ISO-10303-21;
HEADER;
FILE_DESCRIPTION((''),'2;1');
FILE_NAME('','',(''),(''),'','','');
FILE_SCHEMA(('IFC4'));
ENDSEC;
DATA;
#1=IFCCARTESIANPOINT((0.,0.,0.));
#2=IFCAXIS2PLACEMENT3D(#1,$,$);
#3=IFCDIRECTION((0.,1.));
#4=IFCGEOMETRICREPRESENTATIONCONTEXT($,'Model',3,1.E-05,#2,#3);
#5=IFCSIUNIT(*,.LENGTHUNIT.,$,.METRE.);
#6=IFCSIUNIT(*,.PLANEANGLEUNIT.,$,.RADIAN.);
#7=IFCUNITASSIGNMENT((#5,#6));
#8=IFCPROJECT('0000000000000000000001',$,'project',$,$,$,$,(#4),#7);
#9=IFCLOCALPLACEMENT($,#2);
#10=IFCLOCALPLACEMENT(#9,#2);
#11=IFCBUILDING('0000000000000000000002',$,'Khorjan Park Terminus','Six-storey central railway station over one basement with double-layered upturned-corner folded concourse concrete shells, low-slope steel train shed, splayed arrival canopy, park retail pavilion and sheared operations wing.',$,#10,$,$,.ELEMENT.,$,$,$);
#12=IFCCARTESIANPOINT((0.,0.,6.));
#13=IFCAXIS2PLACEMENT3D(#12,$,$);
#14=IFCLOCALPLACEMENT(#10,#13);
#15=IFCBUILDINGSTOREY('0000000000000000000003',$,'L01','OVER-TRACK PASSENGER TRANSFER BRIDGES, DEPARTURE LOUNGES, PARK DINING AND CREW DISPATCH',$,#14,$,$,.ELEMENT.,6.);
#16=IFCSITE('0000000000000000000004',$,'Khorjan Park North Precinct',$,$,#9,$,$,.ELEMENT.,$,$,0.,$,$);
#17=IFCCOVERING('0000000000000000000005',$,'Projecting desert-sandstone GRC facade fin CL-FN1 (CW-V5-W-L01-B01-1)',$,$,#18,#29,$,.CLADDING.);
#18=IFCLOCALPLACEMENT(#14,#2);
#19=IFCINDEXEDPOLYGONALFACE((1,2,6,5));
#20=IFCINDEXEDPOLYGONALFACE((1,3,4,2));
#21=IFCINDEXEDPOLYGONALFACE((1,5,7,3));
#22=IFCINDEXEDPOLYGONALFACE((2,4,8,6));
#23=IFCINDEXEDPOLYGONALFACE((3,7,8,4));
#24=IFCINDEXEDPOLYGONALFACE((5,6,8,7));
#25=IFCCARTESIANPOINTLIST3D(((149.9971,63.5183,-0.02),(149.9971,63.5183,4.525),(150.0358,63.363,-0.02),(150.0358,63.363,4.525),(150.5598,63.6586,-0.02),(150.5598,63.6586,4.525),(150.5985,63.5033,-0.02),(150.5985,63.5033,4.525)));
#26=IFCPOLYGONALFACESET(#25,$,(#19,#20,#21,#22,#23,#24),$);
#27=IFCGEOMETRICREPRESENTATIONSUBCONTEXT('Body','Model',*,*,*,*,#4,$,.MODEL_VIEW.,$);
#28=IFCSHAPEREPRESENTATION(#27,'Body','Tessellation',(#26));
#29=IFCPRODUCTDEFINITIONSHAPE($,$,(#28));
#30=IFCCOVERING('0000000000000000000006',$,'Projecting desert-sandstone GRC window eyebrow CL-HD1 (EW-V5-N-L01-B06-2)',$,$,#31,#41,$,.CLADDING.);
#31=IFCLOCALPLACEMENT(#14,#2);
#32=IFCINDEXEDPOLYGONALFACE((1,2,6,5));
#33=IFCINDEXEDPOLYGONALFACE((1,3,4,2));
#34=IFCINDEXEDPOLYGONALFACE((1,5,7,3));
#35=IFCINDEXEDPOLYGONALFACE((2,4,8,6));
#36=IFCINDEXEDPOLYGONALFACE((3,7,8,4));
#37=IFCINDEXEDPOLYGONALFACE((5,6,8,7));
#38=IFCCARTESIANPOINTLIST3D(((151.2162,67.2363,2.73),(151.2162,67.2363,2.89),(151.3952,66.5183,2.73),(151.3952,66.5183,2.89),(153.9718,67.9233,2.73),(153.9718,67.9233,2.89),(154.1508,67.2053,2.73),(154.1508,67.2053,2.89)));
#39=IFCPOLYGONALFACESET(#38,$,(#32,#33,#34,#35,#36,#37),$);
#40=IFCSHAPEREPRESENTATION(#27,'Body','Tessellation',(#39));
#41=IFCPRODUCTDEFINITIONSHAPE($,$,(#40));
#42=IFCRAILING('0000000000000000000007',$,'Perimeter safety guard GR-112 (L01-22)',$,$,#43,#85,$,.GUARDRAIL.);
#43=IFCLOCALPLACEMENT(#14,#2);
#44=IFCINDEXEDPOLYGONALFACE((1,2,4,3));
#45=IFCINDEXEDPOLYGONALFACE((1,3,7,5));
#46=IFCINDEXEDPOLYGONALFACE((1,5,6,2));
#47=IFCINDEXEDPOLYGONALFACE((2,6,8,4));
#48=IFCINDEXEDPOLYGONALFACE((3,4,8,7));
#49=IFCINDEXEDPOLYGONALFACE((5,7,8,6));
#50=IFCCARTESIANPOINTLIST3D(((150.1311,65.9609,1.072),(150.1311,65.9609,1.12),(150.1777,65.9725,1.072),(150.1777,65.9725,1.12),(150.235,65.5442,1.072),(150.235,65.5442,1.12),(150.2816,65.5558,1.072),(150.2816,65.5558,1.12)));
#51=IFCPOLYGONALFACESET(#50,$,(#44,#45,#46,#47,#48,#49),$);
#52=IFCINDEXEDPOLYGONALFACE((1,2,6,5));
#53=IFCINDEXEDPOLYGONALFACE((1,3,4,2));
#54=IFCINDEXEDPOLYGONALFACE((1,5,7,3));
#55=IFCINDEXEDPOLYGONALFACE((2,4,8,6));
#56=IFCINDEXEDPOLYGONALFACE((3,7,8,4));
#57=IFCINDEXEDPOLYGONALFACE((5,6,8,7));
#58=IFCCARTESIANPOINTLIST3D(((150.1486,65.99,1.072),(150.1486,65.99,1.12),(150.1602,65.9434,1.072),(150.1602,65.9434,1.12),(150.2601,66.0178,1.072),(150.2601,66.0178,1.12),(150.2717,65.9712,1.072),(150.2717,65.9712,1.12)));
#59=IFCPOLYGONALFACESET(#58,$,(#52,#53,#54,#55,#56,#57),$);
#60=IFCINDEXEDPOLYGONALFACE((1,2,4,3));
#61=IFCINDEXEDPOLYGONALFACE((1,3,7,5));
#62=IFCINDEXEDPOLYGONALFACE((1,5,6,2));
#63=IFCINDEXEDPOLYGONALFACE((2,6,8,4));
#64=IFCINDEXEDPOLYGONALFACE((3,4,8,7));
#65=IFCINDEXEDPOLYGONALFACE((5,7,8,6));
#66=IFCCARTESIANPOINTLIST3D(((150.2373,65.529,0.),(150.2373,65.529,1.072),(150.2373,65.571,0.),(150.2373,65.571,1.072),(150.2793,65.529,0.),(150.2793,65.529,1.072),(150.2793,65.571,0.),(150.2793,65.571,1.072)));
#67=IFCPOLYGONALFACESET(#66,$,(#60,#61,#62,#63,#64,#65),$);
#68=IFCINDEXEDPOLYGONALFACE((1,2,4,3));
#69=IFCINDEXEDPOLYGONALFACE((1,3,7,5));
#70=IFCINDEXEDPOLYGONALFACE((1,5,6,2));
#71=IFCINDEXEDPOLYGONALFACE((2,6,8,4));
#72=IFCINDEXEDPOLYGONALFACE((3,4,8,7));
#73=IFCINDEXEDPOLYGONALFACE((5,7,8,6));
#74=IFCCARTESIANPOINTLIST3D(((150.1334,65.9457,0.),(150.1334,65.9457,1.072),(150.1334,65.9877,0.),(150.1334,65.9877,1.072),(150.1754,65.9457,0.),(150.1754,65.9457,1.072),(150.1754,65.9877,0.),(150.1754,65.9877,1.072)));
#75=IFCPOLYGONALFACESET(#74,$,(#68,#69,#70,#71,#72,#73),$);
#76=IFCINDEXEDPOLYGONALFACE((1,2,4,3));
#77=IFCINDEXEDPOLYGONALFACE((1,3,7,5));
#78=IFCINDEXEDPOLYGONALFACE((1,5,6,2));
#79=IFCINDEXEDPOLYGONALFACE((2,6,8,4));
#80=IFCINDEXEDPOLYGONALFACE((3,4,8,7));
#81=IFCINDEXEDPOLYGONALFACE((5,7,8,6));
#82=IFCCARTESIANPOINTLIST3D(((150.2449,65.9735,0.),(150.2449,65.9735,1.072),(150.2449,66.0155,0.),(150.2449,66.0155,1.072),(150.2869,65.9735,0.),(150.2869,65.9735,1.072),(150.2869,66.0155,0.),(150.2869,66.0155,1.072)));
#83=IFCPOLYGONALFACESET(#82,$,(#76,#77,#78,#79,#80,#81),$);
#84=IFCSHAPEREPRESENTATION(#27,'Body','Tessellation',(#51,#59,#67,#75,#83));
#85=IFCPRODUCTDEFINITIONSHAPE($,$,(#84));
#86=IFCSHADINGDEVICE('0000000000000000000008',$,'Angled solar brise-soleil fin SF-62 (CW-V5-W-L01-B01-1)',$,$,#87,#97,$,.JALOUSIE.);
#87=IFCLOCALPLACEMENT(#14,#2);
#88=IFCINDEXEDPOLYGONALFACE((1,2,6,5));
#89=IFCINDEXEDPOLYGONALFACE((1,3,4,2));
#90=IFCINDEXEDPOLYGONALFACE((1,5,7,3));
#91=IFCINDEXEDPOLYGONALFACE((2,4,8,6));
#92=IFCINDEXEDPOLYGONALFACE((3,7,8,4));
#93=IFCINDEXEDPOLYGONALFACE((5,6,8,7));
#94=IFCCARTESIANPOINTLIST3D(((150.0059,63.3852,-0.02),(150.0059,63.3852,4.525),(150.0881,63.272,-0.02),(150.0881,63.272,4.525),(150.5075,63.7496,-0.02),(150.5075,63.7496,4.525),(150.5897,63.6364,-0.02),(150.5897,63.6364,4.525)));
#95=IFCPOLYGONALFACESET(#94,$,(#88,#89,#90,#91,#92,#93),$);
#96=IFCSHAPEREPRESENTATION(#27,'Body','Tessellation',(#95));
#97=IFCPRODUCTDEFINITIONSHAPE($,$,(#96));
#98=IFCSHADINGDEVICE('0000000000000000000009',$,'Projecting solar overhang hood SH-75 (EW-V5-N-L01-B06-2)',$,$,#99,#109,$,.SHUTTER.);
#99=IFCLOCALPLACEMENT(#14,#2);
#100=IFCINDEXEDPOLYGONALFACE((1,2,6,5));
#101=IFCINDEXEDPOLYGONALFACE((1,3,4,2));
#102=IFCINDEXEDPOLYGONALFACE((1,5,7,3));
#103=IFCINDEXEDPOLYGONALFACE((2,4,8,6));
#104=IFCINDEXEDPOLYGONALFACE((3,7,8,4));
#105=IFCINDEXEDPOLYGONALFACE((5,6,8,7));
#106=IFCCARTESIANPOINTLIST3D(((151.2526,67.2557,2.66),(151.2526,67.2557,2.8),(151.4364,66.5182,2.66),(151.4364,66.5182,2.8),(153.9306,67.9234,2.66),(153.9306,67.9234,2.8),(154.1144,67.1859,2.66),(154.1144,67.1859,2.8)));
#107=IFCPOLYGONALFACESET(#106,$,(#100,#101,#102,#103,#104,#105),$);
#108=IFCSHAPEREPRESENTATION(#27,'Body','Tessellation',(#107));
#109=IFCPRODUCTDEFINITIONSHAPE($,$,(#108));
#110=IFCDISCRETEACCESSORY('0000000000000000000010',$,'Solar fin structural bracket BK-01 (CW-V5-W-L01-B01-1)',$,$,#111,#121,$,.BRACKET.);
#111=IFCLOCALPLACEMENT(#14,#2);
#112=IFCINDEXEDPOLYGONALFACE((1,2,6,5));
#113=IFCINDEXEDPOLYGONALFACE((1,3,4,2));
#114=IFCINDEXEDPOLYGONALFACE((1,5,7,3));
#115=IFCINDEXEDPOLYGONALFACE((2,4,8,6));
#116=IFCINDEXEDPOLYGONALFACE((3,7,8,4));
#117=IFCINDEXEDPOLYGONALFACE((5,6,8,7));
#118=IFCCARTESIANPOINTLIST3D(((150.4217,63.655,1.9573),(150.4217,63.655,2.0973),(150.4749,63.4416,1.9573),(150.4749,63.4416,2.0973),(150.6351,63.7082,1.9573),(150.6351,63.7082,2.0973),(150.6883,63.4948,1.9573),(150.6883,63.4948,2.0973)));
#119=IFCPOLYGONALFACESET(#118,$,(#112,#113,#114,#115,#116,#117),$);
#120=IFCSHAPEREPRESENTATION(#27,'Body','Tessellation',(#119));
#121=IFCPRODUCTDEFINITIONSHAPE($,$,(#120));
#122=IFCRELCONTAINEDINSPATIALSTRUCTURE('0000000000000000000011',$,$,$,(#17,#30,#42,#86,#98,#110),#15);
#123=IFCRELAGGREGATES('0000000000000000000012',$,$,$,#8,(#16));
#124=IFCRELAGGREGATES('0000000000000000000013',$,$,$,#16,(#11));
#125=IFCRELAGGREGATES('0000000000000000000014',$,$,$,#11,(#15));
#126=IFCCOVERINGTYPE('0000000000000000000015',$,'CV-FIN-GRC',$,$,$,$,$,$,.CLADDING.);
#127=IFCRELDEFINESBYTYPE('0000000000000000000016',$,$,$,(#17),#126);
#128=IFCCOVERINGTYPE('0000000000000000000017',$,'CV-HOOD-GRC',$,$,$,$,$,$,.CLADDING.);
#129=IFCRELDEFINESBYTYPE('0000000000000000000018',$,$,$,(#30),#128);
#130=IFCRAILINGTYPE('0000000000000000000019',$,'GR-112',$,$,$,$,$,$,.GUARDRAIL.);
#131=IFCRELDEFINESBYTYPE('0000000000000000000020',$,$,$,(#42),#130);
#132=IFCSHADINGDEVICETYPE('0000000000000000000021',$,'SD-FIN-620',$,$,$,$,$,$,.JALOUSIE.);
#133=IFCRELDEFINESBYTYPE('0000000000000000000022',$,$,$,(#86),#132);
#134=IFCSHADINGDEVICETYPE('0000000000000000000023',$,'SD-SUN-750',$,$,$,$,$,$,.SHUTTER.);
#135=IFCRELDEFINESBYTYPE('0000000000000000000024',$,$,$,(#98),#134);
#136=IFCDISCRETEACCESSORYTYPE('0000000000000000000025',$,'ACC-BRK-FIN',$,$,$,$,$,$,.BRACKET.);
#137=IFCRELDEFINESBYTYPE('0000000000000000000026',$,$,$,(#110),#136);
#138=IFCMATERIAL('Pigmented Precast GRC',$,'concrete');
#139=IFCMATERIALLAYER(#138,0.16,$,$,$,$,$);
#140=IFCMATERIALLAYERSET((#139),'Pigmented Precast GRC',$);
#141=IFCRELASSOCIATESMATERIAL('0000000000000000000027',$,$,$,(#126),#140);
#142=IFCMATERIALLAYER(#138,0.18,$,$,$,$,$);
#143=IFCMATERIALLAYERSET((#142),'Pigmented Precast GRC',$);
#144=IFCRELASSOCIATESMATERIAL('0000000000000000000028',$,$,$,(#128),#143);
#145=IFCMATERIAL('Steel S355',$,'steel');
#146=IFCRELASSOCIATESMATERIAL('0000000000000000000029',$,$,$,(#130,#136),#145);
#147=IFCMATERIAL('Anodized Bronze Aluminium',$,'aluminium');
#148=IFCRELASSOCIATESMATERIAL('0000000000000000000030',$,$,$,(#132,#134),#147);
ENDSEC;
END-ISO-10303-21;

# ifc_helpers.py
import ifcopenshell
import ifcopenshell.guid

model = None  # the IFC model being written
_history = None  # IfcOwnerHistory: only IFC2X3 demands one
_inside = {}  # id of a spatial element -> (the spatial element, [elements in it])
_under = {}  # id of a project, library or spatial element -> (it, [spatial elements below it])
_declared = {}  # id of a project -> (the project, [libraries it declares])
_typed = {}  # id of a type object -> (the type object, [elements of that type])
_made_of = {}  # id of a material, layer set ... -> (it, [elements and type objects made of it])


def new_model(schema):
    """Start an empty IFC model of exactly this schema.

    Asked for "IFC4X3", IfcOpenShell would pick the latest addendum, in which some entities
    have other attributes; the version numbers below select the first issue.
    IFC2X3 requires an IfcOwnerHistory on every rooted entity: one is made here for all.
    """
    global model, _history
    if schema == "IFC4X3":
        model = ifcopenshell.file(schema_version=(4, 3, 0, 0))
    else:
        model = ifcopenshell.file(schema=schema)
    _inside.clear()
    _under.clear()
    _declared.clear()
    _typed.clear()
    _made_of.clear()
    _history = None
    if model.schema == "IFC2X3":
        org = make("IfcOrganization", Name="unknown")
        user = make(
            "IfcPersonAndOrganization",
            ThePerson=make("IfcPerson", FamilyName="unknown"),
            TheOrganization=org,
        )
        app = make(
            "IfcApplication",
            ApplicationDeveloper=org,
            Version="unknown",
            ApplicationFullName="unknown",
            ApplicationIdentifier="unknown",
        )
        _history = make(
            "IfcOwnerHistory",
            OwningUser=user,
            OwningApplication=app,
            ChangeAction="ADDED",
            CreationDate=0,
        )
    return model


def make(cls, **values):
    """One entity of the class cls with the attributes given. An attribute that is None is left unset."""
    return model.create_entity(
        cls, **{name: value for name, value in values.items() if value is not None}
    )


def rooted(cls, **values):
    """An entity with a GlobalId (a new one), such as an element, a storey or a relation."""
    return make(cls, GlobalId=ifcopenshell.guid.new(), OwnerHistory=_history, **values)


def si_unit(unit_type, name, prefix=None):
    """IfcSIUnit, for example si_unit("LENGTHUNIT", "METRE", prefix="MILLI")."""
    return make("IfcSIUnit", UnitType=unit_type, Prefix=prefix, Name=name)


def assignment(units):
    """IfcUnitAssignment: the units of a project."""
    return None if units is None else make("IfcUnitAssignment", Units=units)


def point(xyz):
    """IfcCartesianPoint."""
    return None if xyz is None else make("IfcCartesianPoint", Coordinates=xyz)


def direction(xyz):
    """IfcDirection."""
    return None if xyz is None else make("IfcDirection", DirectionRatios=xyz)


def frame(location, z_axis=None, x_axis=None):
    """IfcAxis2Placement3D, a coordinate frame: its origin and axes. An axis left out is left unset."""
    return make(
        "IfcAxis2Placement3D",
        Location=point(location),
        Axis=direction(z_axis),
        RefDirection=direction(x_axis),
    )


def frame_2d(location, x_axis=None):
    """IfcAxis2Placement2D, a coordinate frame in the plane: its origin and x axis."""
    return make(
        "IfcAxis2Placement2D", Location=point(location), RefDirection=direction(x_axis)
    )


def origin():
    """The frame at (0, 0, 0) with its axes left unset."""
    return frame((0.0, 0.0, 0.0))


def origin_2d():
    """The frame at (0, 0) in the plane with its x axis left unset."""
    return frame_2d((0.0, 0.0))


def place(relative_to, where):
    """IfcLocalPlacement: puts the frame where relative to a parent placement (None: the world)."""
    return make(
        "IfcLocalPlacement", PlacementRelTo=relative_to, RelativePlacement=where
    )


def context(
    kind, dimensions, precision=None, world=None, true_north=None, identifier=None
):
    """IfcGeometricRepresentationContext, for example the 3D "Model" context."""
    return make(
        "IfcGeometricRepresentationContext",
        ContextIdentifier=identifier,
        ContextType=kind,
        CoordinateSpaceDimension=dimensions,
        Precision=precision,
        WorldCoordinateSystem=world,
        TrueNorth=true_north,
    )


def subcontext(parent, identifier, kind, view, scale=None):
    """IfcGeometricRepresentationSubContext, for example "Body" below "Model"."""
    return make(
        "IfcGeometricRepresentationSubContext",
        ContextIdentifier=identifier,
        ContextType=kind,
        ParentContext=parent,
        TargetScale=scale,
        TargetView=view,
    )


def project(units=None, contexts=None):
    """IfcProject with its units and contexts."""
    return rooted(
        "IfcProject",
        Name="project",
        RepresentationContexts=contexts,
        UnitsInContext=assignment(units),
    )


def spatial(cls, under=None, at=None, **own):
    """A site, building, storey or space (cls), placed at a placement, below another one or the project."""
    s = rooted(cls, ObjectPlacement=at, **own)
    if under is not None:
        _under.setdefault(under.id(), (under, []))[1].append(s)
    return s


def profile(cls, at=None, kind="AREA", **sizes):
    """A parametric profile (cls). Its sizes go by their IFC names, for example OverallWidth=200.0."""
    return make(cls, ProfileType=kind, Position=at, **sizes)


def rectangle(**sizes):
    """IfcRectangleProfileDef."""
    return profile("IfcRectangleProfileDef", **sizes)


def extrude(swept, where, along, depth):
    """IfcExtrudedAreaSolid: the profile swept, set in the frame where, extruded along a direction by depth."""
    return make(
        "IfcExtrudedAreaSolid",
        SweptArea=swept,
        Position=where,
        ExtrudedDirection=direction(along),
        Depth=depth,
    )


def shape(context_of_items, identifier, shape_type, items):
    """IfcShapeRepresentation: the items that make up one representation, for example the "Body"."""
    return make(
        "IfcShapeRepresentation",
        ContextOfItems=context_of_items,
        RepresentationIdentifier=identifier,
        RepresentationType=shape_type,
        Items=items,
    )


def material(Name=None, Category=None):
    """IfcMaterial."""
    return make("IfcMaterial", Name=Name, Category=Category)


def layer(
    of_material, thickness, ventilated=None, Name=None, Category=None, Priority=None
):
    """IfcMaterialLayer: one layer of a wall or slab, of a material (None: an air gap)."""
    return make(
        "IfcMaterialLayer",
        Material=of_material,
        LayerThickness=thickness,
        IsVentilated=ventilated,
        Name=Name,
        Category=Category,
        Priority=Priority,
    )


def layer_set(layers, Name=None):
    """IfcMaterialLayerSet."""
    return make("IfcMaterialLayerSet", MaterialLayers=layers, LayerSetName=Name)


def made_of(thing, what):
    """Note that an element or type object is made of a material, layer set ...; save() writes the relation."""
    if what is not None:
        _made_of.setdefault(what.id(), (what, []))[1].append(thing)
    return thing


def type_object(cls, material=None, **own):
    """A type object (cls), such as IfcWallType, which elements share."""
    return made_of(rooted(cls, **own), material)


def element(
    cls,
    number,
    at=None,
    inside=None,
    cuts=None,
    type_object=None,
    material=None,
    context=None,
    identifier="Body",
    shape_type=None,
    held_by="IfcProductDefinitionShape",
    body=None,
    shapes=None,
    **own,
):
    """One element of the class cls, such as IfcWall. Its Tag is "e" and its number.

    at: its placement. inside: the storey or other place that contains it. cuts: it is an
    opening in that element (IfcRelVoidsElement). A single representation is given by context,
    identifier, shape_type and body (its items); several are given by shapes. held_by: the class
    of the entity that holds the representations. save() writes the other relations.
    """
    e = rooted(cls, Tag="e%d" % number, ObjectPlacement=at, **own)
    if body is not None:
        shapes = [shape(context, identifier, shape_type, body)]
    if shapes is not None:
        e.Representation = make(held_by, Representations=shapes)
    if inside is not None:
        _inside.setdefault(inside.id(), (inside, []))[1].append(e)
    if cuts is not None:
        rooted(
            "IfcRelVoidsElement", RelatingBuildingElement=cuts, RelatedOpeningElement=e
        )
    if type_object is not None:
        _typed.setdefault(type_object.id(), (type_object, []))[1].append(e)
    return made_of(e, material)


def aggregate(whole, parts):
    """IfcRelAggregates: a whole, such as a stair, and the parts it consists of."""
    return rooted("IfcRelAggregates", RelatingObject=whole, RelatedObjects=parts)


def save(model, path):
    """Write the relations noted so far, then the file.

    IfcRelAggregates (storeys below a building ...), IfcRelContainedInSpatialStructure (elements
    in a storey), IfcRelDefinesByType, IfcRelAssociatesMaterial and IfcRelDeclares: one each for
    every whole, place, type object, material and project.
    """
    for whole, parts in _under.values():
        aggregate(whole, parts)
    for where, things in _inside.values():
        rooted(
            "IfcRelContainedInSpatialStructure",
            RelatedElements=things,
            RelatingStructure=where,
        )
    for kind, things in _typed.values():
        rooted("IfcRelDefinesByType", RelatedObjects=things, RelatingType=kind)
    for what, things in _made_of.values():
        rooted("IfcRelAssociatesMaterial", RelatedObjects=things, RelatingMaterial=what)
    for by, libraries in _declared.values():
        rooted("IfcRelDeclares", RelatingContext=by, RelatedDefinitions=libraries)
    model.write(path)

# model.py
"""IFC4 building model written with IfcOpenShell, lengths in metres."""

from ifc_helpers import new_model, si_unit, direction, frame, origin, origin_2d, place, context, subcontext, project, spatial, rectangle, extrude, material, layer, layer_set, type_object, element, save


model = new_model("IFC4")

# Units and contexts
model_context = context("Model", 3, precision=1e-05, world=origin(), true_north=direction((0.0, 1.0)))
body_context = subcontext(model_context, "Body", "Model", "MODEL_VIEW")
ifc_project = project(units=[si_unit("LENGTHUNIT", "METRE"), si_unit("PLANEANGLEUNIT", "RADIAN")], contexts=[model_context])

# Site, building, storey
site_placement = place(None, origin())
site = spatial("IfcSite", under=ifc_project, at=site_placement, Name="Khorjan Park North Precinct", CompositionType="ELEMENT", RefElevation=0.0)
building_placement = place(site_placement, origin())
building = spatial("IfcBuilding", under=site, at=building_placement, Name="Khorjan Park Terminus", Description="Six-storey central railway station over one basement with double-layered upturned-corner folded concourse concrete shells, low-slope steel train shed, splayed arrival canopy, park retail pavilion and sheared operations wing.", CompositionType="ELEMENT")
storey_placement = place(building_placement, frame((0.0, 0.0, 6.0)))
storey = spatial("IfcBuildingStorey", under=building, at=storey_placement, Name="L01", Description="OVER-TRACK PASSENGER TRANSFER BRIDGES, DEPARTURE LOUNGES, PARK DINING AND CREW DISPATCH", CompositionType="ELEMENT", Elevation=6.0)

# Shared definitions
ifc_material_1 = material(Name="Steel S355", Category="steel")

# Shared definitions
ifc_material_2 = material(Name="Anodized Bronze Aluminium", Category="aluminium")

# Coverings
ifc_material_3 = material(Name="Pigmented Precast GRC", Category="concrete")
ifc_layer_1 = layer(ifc_material_3, 0.16)
ifc_layer_set_1 = layer_set([ifc_layer_1], Name="Pigmented Precast GRC")
covering_type_1 = type_object("IfcCoveringType", Name="CV-FIN-GRC", PredefinedType="CLADDING", material=ifc_layer_set_1)
covering_1_placement = place(storey_placement, frame((150.2978, 63.5108, -0.02), z_axis=(0.0, 0.0, 1.0), x_axis=(0.970296, 0.241922, 0.0)))
element("IfcCovering", 1, at=covering_1_placement, inside=storey, type_object=covering_type_1, Name="Projecting desert-sandstone GRC facade fin CL-FN1 (CW-V5-W-L01-B01-1)", PredefinedType="CLADDING", context=body_context, shape_type="SweptSolid", body=[
    extrude(rectangle(XDim=0.58, YDim=0.16, at=origin_2d()), origin(), (0.0, 0.0, 1.0), 4.545),
])
ifc_layer_2 = layer(ifc_material_3, 0.18)
ifc_layer_set_2 = layer_set([ifc_layer_2], Name="Pigmented Precast GRC")
covering_type_2 = type_object("IfcCoveringType", Name="CV-HOOD-GRC", PredefinedType="CLADDING", material=ifc_layer_set_2)
covering_2_placement = place(storey_placement, frame((152.6835, 67.2208, 2.73), z_axis=(0.0, 0.0, 1.0), x_axis=(-0.970295, -0.241926, 0.0)))
element("IfcCovering", 2, at=covering_2_placement, inside=storey, type_object=covering_type_2, Name="Projecting desert-sandstone GRC window eyebrow CL-HD1 (EW-V5-N-L01-B06-2)", PredefinedType="CLADDING", context=body_context, shape_type="SweptSolid", body=[
    extrude(rectangle(XDim=2.84, YDim=0.74, at=origin_2d()), origin(), (0.0, 0.0, 1.0), 0.16),
])

# Railing
railing_type = type_object("IfcRailingType", Name="GR-112", PredefinedType="GUARDRAIL", material=ifc_material_1)
railing_placement = place(storey_placement, frame((150.2583, 65.55, 0.0)))
element("IfcRailing", 3, at=railing_placement, inside=storey, type_object=railing_type, Name="Perimeter safety guard GR-112 (L01-22)", PredefinedType="GUARDRAIL", context=body_context, shape_type="SweptSolid", body=[
    extrude(rectangle(XDim=0.048, YDim=0.048, at=origin_2d()), frame((0.0, 0.0, 1.096), z_axis=(-0.241933, 0.970293, 0.0), x_axis=(-0.970293, -0.241933, 0.0)), (0.0, 0.0, 1.0), 0.4295),
    extrude(rectangle(XDim=0.048, YDim=0.048, at=origin_2d()), frame((-0.1039, 0.4167, 1.096), z_axis=(0.970296, 0.241921, 0.0), x_axis=(-0.241921, 0.970296, 0.0)), (0.0, 0.0, 1.0), 0.1149),
    extrude(rectangle(XDim=0.042, YDim=0.042, at=origin_2d()), origin(), (0.0, 0.0, 1.0), 1.072),
    extrude(rectangle(XDim=0.042, YDim=0.042, at=origin_2d()), frame((-0.1039, 0.4167, 0.0)), (0.0, 0.0, 1.0), 1.072),
    extrude(rectangle(XDim=0.042, YDim=0.042, at=origin_2d()), frame((0.0076, 0.4445, 0.0)), (0.0, 0.0, 1.0), 1.072),
])

# Shading devices
shading_device_type_1 = type_object("IfcShadingDeviceType", Name="SD-FIN-620", PredefinedType="JALOUSIE", material=ifc_material_2)
shading_device_1_placement = place(storey_placement, frame((150.2978, 63.5108, -0.02), z_axis=(0.0, 0.0, 1.0), x_axis=(0.809017, 0.587785, 0.0)))
element("IfcShadingDevice", 4, at=shading_device_1_placement, inside=storey, type_object=shading_device_type_1, Name="Angled solar brise-soleil fin SF-62 (CW-V5-W-L01-B01-1)", PredefinedType="JALOUSIE", context=body_context, shape_type="SweptSolid", body=[
    extrude(rectangle(XDim=0.62, YDim=0.14, at=origin_2d()), origin(), (0.0, 0.0, 1.0), 4.545),
])
shading_device_type_2 = type_object("IfcShadingDeviceType", Name="SD-SUN-750", PredefinedType="SHUTTER", material=ifc_material_2)
shading_device_2_placement = place(storey_placement, frame((152.6835, 67.2208, 2.66), z_axis=(0.0, 0.0, 1.0), x_axis=(-0.970295, -0.241926, 0.0)))
element("IfcShadingDevice", 5, at=shading_device_2_placement, inside=storey, type_object=shading_device_type_2, Name="Projecting solar overhang hood SH-75 (EW-V5-N-L01-B06-2)", PredefinedType="SHUTTER", context=body_context, shape_type="SweptSolid", body=[
    extrude(rectangle(XDim=2.76, YDim=0.76, at=origin_2d()), origin(), (0.0, 0.0, 1.0), 0.14),
])

# Discrete accessory
discrete_accessory_type = type_object("IfcDiscreteAccessoryType", Name="ACC-BRK-FIN", PredefinedType="BRACKET", material=ifc_material_1)
discrete_accessory_placement = place(storey_placement, frame((150.555, 63.5749, 1.9573), z_axis=(0.0, 0.0, 1.0), x_axis=(0.241913, -0.970298, 0.0)))
element("IfcDiscreteAccessory", 6, at=discrete_accessory_placement, inside=storey, type_object=discrete_accessory_type, Name="Solar fin structural bracket BK-01 (CW-V5-W-L01-B01-1)", PredefinedType="BRACKET", context=body_context, shape_type="SweptSolid", body=[
    extrude(rectangle(XDim=0.22, YDim=0.22, at=origin_2d()), origin(), (0.0, 0.0, 1.0), 0.14),
])

save(model, "model.ifc")
